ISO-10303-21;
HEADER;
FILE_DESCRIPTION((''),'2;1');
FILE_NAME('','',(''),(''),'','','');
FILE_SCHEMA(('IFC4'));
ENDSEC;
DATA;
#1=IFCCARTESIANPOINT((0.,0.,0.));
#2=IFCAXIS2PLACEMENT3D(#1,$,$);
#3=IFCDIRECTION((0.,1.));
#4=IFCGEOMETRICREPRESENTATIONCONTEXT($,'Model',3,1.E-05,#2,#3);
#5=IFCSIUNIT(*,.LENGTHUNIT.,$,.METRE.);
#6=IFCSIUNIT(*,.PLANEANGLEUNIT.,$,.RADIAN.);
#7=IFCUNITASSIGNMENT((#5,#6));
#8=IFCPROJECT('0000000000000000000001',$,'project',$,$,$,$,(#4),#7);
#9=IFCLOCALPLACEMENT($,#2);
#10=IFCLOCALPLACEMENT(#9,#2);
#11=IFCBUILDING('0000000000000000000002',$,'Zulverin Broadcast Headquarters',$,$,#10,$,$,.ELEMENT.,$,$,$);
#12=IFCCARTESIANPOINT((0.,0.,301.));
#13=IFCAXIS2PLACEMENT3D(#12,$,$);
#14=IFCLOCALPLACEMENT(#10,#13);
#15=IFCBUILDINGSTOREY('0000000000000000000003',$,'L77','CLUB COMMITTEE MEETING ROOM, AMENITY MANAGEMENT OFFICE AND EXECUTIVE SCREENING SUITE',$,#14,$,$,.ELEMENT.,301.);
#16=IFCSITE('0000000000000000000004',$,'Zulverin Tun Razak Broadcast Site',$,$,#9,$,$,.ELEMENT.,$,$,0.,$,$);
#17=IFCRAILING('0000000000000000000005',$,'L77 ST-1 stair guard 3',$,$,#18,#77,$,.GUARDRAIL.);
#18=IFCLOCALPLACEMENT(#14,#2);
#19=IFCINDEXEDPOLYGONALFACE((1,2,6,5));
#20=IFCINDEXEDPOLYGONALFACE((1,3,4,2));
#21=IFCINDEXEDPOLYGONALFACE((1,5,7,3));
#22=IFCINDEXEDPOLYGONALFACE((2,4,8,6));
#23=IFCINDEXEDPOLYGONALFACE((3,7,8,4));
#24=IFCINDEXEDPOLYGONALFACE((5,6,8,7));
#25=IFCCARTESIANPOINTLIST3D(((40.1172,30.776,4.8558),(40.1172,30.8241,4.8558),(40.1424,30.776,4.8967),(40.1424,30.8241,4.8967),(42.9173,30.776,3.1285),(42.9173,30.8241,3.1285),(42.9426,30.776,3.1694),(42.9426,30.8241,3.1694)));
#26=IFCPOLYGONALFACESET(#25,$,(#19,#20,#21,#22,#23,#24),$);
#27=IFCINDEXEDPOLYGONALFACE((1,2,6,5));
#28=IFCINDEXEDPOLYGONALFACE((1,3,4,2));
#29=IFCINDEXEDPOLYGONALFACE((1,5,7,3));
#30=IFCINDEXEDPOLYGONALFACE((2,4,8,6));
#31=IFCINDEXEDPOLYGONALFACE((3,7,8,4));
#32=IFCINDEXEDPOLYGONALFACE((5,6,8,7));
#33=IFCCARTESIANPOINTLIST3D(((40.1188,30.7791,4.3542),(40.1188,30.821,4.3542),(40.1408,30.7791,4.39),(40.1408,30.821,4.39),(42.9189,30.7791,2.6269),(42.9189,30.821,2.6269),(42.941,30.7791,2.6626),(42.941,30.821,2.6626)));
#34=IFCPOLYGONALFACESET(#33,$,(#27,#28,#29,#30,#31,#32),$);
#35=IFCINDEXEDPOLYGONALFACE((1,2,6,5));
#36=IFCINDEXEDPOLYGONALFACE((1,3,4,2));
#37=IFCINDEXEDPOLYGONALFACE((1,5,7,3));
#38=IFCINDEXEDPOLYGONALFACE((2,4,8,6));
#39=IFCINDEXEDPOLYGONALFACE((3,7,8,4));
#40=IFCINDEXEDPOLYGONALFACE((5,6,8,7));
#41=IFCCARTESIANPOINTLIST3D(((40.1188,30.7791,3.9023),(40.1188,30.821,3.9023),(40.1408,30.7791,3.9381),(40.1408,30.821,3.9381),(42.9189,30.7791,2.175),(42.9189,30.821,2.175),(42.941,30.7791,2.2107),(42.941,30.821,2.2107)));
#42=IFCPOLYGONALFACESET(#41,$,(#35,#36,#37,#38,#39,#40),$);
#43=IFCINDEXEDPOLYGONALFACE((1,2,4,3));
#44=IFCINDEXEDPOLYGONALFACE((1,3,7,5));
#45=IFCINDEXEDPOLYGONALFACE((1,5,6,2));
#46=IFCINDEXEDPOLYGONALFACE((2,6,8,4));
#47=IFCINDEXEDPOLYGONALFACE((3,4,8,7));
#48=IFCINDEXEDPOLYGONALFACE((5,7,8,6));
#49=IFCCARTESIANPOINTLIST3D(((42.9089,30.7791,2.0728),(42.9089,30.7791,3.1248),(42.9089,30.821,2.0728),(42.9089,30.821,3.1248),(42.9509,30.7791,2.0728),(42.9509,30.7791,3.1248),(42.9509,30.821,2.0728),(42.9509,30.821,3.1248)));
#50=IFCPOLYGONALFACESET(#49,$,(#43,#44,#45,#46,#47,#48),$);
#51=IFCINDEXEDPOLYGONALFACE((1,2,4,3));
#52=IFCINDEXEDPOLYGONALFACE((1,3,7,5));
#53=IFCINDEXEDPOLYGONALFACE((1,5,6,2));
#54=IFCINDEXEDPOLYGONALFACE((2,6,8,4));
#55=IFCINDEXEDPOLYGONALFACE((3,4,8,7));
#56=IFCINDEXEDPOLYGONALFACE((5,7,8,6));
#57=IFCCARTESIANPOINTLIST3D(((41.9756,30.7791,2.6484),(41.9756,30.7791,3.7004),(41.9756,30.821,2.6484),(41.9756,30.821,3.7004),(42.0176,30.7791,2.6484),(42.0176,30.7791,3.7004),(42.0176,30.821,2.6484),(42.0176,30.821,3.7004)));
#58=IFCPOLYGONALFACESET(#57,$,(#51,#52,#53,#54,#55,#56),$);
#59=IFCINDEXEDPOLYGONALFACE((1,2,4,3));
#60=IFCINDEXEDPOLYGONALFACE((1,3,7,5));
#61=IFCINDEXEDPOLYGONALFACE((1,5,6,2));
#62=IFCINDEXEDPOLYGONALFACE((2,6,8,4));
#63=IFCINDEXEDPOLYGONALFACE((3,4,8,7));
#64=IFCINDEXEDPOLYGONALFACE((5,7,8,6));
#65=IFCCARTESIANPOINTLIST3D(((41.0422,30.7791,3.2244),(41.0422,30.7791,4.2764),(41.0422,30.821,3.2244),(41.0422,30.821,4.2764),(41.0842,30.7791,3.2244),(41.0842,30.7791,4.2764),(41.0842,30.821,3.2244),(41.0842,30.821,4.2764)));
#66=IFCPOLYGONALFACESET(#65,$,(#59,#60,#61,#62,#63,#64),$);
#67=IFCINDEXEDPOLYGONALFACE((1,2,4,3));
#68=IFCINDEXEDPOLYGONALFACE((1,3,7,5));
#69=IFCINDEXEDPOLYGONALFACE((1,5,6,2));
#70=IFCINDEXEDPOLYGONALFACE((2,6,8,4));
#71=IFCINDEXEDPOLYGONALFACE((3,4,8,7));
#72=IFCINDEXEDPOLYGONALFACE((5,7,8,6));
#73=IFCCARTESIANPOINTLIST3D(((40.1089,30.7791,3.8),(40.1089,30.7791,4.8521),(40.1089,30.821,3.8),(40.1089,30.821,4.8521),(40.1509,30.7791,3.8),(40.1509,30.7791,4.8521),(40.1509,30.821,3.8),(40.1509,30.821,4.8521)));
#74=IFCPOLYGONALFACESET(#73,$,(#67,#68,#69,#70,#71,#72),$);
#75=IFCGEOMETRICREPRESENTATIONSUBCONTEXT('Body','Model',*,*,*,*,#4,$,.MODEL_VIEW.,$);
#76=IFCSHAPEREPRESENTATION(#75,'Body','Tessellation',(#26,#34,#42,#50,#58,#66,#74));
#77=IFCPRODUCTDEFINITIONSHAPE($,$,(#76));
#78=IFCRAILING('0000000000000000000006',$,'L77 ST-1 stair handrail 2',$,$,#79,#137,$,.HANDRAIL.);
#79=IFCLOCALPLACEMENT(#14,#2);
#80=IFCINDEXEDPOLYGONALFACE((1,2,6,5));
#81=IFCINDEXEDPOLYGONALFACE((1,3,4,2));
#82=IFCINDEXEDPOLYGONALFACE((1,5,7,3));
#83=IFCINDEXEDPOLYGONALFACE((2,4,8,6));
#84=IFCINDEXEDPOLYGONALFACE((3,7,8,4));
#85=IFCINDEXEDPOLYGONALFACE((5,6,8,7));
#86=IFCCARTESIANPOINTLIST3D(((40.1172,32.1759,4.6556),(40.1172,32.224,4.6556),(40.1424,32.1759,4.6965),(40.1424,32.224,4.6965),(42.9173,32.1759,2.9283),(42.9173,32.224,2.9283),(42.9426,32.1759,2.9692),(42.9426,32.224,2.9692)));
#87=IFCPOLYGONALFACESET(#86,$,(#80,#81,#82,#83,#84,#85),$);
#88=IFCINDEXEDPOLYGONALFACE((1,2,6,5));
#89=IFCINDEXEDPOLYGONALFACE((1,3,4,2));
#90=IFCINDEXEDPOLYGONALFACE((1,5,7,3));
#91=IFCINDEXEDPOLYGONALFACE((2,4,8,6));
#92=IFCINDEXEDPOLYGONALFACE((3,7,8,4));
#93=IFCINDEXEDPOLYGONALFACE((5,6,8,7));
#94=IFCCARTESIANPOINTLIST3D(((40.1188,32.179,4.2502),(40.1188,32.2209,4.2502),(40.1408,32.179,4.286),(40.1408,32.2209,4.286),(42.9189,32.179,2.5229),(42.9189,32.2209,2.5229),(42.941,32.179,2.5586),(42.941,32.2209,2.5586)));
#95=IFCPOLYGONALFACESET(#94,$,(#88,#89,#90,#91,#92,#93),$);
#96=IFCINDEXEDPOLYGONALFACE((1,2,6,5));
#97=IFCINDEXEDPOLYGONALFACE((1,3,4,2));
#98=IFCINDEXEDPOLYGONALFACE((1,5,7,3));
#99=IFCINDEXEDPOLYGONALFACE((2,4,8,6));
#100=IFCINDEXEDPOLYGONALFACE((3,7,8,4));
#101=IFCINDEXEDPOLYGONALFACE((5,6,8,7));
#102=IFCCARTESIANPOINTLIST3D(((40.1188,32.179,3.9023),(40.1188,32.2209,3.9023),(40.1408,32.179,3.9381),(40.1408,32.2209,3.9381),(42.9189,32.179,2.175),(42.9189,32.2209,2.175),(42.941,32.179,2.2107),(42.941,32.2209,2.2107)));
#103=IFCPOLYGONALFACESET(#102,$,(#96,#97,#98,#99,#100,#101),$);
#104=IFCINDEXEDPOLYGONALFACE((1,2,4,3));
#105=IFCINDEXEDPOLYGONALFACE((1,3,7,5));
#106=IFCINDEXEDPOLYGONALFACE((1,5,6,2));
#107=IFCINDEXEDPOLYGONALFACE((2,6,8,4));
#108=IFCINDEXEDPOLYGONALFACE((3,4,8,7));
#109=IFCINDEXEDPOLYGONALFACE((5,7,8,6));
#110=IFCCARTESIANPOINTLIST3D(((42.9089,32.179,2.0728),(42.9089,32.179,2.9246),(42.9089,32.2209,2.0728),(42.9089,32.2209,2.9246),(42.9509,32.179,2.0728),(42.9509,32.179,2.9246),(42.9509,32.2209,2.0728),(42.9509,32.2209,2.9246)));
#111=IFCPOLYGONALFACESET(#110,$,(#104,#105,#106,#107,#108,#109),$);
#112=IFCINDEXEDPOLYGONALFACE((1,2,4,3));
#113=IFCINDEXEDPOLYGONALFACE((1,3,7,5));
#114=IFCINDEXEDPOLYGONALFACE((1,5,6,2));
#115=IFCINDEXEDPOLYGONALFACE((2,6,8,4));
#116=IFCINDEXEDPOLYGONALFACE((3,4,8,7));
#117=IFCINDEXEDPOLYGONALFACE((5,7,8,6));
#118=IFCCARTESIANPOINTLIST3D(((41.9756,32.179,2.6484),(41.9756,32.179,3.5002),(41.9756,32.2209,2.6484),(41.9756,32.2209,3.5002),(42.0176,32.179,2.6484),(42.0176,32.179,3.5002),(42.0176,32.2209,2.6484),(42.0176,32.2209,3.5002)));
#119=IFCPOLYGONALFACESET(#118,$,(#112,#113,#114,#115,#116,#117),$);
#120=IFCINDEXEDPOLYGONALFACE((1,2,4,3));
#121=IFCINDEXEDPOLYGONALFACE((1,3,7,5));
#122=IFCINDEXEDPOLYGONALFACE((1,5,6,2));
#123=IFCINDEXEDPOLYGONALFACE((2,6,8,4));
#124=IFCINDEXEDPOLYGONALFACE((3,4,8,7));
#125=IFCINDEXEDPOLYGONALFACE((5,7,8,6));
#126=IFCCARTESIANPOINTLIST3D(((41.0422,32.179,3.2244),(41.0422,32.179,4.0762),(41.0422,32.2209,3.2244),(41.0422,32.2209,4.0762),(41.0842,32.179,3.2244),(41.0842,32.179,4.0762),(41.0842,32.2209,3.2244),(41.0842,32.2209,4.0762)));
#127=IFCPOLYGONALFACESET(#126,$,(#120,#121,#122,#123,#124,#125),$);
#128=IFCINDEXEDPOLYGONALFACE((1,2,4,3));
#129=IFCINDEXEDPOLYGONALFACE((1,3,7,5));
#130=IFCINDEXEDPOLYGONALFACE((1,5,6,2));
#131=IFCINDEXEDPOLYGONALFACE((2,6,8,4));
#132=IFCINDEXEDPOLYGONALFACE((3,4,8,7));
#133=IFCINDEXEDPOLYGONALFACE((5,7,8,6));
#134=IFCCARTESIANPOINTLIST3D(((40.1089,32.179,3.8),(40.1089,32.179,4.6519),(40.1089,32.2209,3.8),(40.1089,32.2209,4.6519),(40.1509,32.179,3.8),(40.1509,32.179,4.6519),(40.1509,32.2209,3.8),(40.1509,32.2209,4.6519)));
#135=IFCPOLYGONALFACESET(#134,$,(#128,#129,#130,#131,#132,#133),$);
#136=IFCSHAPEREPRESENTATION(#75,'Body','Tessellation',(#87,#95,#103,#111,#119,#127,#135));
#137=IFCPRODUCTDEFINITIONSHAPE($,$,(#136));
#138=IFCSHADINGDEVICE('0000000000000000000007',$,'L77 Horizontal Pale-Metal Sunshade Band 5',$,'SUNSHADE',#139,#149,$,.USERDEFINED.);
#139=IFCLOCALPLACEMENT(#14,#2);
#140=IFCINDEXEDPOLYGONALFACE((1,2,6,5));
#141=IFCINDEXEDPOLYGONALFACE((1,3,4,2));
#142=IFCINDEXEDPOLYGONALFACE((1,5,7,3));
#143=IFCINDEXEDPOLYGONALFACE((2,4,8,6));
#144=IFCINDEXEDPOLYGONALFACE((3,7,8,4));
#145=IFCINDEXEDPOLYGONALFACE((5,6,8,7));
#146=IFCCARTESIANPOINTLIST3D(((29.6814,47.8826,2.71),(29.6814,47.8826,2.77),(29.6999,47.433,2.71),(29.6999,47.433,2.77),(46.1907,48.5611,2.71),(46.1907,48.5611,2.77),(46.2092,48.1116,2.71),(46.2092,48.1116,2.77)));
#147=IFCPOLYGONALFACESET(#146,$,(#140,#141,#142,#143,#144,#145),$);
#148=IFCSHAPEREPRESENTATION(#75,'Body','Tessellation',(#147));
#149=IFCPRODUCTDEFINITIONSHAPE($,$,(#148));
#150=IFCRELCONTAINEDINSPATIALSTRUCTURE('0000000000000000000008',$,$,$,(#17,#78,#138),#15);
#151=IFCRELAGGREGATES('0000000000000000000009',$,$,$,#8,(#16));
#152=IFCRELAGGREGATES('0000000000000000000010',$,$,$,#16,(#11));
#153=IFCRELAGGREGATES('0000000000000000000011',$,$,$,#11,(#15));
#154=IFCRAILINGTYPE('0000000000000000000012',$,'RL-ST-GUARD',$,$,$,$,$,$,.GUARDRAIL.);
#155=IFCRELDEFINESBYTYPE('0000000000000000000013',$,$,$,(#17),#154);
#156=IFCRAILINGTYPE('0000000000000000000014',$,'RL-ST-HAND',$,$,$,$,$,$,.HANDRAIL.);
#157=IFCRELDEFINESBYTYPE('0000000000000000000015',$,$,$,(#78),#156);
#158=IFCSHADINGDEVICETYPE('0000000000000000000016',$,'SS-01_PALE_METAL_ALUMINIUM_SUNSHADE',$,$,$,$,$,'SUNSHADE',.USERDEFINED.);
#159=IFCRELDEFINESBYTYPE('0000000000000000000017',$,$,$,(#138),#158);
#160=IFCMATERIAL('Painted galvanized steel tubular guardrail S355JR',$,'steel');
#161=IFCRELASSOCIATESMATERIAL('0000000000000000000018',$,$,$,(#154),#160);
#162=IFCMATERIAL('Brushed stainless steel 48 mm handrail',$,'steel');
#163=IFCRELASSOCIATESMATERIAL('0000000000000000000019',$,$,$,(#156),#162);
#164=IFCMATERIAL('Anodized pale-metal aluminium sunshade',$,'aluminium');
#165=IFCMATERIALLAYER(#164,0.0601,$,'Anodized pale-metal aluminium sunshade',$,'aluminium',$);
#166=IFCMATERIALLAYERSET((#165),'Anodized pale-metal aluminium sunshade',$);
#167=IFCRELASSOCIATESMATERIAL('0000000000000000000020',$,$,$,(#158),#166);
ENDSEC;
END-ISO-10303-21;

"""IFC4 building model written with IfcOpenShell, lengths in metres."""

from ifc_helpers import new_model, si_unit, direction, frame, origin, origin_2d, place, context, subcontext, project, spatial, rectangle, extrude, material, layer, layer_set, type_object, element, save


model = new_model("IFC4")

# Units and contexts
model_context = context("Model", 3, precision=1e-05, world=origin(), true_north=direction((0.0, 1.0)))
body_context = subcontext(model_context, "Body", "Model", "MODEL_VIEW")
ifc_project = project(units=[si_unit("LENGTHUNIT", "METRE"), si_unit("PLANEANGLEUNIT", "RADIAN")], contexts=[model_context])

# Site, building, storey
site_placement = place(None, origin())
site = spatial("IfcSite", under=ifc_project, at=site_placement, Name="Zulverin Tun Razak Broadcast Site", CompositionType="ELEMENT", RefElevation=0.0)
building_placement = place(site_placement, origin())
building = spatial("IfcBuilding", under=site, at=building_placement, Name="Zulverin Broadcast Headquarters", CompositionType="ELEMENT")
storey_placement = place(building_placement, frame((0.0, 0.0, 301.0)))
storey = spatial("IfcBuildingStorey", under=building, at=storey_placement, Name="L77", Description="CLUB COMMITTEE MEETING ROOM, AMENITY MANAGEMENT OFFICE AND EXECUTIVE SCREENING SUITE", CompositionType="ELEMENT", Elevation=301.0)

# Railings
ifc_material_1 = material(Name="Painted galvanized steel tubular guardrail S355JR", Category="steel")
railing_type_1 = type_object("IfcRailingType", Name="RL-ST-GUARD", PredefinedType="GUARDRAIL", material=ifc_material_1)
railing_1_placement = place(storey_placement, frame((42.9299, 30.8, 2.0728)))
element("IfcRailing", 1, at=railing_1_placement, inside=storey, type_object=railing_type_1, Name="L77 ST-1 stair guard 3", PredefinedType="GUARDRAIL", context=body_context, shape_type="SweptSolid", body=[
    extrude(rectangle(XDim=0.0481, YDim=0.0481, at=origin_2d()), frame((0.0, 0.0, 1.0762), z_axis=(-0.85109, 0.0, 0.52502), x_axis=(0.0, -1.0, 0.0)), (0.0, 0.0, 1.0), 3.29),
    extrude(rectangle(XDim=0.042, YDim=0.042, at=origin_2d()), frame((0.0, 0.0, 0.572), z_axis=(-0.85109, 0.0, 0.52502), x_axis=(0.0, -1.0, 0.0)), (0.0, 0.0, 1.0), 3.29),
    extrude(rectangle(XDim=0.042, YDim=0.042, at=origin_2d()), frame((0.0, 0.0, 0.1201), z_axis=(-0.85109, 0.0, 0.52502), x_axis=(0.0, -1.0, 0.0)), (0.0, 0.0, 1.0), 3.29),
    extrude(rectangle(XDim=0.042, YDim=0.042, at=origin_2d()), origin(), (0.0, 0.0, 1.0), 1.052),
    extrude(rectangle(XDim=0.042, YDim=0.042, at=origin_2d()), frame((-0.9333, 0.0, 0.5757)), (0.0, 0.0, 1.0), 1.052),
    extrude(rectangle(XDim=0.042, YDim=0.042, at=origin_2d()), frame((-1.8667, 0.0, 1.1516)), (0.0, 0.0, 1.0), 1.052),
    extrude(rectangle(XDim=0.042, YDim=0.042, at=origin_2d()), frame((-2.8, 0.0, 1.7273)), (0.0, 0.0, 1.0), 1.052),
])
ifc_material_2 = material(Name="Brushed stainless steel 48 mm handrail", Category="steel")
railing_type_2 = type_object("IfcRailingType", Name="RL-ST-HAND", PredefinedType="HANDRAIL", material=ifc_material_2)
railing_2_placement = place(storey_placement, frame((42.9299, 32.2, 2.0728)))
element("IfcRailing", 2, at=railing_2_placement, inside=storey, type_object=railing_type_2, Name="L77 ST-1 stair handrail 2", PredefinedType="HANDRAIL", context=body_context, shape_type="SweptSolid", body=[
    extrude(rectangle(XDim=0.0481, YDim=0.0481, at=origin_2d()), frame((0.0, 0.0, 0.876), z_axis=(-0.85109, 0.0, 0.52502), x_axis=(0.0, -1.0, 0.0)), (0.0, 0.0, 1.0), 3.29),
    extrude(rectangle(XDim=0.042, YDim=0.042, at=origin_2d()), frame((0.0, 0.0, 0.468), z_axis=(-0.85109, 0.0, 0.52502), x_axis=(0.0, -1.0, 0.0)), (0.0, 0.0, 1.0), 3.29),
    extrude(rectangle(XDim=0.042, YDim=0.042, at=origin_2d()), frame((0.0, 0.0, 0.1201), z_axis=(-0.85109, 0.0, 0.52502), x_axis=(0.0, -1.0, 0.0)), (0.0, 0.0, 1.0), 3.29),
    extrude(rectangle(XDim=0.042, YDim=0.042, at=origin_2d()), origin(), (0.0, 0.0, 1.0), 0.8518),
    extrude(rectangle(XDim=0.042, YDim=0.042, at=origin_2d()), frame((-0.9333, 0.0, 0.5757)), (0.0, 0.0, 1.0), 0.8518),
    extrude(rectangle(XDim=0.042, YDim=0.042, at=origin_2d()), frame((-1.8667, 0.0, 1.1516)), (0.0, 0.0, 1.0), 0.8518),
    extrude(rectangle(XDim=0.042, YDim=0.042, at=origin_2d()), frame((-2.8, 0.0, 1.7273)), (0.0, 0.0, 1.0), 0.8518),
])

# Shading device
ifc_material_3 = material(Name="Anodized pale-metal aluminium sunshade", Category="aluminium")
ifc_layer_1 = layer(ifc_material_3, 0.0601, Name="Anodized pale-metal aluminium sunshade", Category="aluminium")
ifc_layer_set_1 = layer_set([ifc_layer_1], Name="Anodized pale-metal aluminium sunshade")
shading_device_type = type_object("IfcShadingDeviceType", Name="SS-01_PALE_METAL_ALUMINIUM_SUNSHADE", ElementType="SUNSHADE", PredefinedType="USERDEFINED", material=ifc_layer_set_1)
shading_device_placement = place(storey_placement, frame((37.9453, 47.9971, 2.71), z_axis=(0.0, 0.0, 1.0), x_axis=(-0.999156, -0.041068, 0.0)))
element("IfcShadingDevice", 3, at=shading_device_placement, inside=storey, type_object=shading_device_type, Name="L77 Horizontal Pale-Metal Sunshade Band 5", ObjectType="SUNSHADE", PredefinedType="USERDEFINED", context=body_context, shape_type="SweptSolid", body=[
    extrude(rectangle(XDim=16.5232, YDim=0.45, at=origin_2d()), origin(), (0.0, 0.0, 1.0), 0.0601),
])

save(model, "model.ifc")
